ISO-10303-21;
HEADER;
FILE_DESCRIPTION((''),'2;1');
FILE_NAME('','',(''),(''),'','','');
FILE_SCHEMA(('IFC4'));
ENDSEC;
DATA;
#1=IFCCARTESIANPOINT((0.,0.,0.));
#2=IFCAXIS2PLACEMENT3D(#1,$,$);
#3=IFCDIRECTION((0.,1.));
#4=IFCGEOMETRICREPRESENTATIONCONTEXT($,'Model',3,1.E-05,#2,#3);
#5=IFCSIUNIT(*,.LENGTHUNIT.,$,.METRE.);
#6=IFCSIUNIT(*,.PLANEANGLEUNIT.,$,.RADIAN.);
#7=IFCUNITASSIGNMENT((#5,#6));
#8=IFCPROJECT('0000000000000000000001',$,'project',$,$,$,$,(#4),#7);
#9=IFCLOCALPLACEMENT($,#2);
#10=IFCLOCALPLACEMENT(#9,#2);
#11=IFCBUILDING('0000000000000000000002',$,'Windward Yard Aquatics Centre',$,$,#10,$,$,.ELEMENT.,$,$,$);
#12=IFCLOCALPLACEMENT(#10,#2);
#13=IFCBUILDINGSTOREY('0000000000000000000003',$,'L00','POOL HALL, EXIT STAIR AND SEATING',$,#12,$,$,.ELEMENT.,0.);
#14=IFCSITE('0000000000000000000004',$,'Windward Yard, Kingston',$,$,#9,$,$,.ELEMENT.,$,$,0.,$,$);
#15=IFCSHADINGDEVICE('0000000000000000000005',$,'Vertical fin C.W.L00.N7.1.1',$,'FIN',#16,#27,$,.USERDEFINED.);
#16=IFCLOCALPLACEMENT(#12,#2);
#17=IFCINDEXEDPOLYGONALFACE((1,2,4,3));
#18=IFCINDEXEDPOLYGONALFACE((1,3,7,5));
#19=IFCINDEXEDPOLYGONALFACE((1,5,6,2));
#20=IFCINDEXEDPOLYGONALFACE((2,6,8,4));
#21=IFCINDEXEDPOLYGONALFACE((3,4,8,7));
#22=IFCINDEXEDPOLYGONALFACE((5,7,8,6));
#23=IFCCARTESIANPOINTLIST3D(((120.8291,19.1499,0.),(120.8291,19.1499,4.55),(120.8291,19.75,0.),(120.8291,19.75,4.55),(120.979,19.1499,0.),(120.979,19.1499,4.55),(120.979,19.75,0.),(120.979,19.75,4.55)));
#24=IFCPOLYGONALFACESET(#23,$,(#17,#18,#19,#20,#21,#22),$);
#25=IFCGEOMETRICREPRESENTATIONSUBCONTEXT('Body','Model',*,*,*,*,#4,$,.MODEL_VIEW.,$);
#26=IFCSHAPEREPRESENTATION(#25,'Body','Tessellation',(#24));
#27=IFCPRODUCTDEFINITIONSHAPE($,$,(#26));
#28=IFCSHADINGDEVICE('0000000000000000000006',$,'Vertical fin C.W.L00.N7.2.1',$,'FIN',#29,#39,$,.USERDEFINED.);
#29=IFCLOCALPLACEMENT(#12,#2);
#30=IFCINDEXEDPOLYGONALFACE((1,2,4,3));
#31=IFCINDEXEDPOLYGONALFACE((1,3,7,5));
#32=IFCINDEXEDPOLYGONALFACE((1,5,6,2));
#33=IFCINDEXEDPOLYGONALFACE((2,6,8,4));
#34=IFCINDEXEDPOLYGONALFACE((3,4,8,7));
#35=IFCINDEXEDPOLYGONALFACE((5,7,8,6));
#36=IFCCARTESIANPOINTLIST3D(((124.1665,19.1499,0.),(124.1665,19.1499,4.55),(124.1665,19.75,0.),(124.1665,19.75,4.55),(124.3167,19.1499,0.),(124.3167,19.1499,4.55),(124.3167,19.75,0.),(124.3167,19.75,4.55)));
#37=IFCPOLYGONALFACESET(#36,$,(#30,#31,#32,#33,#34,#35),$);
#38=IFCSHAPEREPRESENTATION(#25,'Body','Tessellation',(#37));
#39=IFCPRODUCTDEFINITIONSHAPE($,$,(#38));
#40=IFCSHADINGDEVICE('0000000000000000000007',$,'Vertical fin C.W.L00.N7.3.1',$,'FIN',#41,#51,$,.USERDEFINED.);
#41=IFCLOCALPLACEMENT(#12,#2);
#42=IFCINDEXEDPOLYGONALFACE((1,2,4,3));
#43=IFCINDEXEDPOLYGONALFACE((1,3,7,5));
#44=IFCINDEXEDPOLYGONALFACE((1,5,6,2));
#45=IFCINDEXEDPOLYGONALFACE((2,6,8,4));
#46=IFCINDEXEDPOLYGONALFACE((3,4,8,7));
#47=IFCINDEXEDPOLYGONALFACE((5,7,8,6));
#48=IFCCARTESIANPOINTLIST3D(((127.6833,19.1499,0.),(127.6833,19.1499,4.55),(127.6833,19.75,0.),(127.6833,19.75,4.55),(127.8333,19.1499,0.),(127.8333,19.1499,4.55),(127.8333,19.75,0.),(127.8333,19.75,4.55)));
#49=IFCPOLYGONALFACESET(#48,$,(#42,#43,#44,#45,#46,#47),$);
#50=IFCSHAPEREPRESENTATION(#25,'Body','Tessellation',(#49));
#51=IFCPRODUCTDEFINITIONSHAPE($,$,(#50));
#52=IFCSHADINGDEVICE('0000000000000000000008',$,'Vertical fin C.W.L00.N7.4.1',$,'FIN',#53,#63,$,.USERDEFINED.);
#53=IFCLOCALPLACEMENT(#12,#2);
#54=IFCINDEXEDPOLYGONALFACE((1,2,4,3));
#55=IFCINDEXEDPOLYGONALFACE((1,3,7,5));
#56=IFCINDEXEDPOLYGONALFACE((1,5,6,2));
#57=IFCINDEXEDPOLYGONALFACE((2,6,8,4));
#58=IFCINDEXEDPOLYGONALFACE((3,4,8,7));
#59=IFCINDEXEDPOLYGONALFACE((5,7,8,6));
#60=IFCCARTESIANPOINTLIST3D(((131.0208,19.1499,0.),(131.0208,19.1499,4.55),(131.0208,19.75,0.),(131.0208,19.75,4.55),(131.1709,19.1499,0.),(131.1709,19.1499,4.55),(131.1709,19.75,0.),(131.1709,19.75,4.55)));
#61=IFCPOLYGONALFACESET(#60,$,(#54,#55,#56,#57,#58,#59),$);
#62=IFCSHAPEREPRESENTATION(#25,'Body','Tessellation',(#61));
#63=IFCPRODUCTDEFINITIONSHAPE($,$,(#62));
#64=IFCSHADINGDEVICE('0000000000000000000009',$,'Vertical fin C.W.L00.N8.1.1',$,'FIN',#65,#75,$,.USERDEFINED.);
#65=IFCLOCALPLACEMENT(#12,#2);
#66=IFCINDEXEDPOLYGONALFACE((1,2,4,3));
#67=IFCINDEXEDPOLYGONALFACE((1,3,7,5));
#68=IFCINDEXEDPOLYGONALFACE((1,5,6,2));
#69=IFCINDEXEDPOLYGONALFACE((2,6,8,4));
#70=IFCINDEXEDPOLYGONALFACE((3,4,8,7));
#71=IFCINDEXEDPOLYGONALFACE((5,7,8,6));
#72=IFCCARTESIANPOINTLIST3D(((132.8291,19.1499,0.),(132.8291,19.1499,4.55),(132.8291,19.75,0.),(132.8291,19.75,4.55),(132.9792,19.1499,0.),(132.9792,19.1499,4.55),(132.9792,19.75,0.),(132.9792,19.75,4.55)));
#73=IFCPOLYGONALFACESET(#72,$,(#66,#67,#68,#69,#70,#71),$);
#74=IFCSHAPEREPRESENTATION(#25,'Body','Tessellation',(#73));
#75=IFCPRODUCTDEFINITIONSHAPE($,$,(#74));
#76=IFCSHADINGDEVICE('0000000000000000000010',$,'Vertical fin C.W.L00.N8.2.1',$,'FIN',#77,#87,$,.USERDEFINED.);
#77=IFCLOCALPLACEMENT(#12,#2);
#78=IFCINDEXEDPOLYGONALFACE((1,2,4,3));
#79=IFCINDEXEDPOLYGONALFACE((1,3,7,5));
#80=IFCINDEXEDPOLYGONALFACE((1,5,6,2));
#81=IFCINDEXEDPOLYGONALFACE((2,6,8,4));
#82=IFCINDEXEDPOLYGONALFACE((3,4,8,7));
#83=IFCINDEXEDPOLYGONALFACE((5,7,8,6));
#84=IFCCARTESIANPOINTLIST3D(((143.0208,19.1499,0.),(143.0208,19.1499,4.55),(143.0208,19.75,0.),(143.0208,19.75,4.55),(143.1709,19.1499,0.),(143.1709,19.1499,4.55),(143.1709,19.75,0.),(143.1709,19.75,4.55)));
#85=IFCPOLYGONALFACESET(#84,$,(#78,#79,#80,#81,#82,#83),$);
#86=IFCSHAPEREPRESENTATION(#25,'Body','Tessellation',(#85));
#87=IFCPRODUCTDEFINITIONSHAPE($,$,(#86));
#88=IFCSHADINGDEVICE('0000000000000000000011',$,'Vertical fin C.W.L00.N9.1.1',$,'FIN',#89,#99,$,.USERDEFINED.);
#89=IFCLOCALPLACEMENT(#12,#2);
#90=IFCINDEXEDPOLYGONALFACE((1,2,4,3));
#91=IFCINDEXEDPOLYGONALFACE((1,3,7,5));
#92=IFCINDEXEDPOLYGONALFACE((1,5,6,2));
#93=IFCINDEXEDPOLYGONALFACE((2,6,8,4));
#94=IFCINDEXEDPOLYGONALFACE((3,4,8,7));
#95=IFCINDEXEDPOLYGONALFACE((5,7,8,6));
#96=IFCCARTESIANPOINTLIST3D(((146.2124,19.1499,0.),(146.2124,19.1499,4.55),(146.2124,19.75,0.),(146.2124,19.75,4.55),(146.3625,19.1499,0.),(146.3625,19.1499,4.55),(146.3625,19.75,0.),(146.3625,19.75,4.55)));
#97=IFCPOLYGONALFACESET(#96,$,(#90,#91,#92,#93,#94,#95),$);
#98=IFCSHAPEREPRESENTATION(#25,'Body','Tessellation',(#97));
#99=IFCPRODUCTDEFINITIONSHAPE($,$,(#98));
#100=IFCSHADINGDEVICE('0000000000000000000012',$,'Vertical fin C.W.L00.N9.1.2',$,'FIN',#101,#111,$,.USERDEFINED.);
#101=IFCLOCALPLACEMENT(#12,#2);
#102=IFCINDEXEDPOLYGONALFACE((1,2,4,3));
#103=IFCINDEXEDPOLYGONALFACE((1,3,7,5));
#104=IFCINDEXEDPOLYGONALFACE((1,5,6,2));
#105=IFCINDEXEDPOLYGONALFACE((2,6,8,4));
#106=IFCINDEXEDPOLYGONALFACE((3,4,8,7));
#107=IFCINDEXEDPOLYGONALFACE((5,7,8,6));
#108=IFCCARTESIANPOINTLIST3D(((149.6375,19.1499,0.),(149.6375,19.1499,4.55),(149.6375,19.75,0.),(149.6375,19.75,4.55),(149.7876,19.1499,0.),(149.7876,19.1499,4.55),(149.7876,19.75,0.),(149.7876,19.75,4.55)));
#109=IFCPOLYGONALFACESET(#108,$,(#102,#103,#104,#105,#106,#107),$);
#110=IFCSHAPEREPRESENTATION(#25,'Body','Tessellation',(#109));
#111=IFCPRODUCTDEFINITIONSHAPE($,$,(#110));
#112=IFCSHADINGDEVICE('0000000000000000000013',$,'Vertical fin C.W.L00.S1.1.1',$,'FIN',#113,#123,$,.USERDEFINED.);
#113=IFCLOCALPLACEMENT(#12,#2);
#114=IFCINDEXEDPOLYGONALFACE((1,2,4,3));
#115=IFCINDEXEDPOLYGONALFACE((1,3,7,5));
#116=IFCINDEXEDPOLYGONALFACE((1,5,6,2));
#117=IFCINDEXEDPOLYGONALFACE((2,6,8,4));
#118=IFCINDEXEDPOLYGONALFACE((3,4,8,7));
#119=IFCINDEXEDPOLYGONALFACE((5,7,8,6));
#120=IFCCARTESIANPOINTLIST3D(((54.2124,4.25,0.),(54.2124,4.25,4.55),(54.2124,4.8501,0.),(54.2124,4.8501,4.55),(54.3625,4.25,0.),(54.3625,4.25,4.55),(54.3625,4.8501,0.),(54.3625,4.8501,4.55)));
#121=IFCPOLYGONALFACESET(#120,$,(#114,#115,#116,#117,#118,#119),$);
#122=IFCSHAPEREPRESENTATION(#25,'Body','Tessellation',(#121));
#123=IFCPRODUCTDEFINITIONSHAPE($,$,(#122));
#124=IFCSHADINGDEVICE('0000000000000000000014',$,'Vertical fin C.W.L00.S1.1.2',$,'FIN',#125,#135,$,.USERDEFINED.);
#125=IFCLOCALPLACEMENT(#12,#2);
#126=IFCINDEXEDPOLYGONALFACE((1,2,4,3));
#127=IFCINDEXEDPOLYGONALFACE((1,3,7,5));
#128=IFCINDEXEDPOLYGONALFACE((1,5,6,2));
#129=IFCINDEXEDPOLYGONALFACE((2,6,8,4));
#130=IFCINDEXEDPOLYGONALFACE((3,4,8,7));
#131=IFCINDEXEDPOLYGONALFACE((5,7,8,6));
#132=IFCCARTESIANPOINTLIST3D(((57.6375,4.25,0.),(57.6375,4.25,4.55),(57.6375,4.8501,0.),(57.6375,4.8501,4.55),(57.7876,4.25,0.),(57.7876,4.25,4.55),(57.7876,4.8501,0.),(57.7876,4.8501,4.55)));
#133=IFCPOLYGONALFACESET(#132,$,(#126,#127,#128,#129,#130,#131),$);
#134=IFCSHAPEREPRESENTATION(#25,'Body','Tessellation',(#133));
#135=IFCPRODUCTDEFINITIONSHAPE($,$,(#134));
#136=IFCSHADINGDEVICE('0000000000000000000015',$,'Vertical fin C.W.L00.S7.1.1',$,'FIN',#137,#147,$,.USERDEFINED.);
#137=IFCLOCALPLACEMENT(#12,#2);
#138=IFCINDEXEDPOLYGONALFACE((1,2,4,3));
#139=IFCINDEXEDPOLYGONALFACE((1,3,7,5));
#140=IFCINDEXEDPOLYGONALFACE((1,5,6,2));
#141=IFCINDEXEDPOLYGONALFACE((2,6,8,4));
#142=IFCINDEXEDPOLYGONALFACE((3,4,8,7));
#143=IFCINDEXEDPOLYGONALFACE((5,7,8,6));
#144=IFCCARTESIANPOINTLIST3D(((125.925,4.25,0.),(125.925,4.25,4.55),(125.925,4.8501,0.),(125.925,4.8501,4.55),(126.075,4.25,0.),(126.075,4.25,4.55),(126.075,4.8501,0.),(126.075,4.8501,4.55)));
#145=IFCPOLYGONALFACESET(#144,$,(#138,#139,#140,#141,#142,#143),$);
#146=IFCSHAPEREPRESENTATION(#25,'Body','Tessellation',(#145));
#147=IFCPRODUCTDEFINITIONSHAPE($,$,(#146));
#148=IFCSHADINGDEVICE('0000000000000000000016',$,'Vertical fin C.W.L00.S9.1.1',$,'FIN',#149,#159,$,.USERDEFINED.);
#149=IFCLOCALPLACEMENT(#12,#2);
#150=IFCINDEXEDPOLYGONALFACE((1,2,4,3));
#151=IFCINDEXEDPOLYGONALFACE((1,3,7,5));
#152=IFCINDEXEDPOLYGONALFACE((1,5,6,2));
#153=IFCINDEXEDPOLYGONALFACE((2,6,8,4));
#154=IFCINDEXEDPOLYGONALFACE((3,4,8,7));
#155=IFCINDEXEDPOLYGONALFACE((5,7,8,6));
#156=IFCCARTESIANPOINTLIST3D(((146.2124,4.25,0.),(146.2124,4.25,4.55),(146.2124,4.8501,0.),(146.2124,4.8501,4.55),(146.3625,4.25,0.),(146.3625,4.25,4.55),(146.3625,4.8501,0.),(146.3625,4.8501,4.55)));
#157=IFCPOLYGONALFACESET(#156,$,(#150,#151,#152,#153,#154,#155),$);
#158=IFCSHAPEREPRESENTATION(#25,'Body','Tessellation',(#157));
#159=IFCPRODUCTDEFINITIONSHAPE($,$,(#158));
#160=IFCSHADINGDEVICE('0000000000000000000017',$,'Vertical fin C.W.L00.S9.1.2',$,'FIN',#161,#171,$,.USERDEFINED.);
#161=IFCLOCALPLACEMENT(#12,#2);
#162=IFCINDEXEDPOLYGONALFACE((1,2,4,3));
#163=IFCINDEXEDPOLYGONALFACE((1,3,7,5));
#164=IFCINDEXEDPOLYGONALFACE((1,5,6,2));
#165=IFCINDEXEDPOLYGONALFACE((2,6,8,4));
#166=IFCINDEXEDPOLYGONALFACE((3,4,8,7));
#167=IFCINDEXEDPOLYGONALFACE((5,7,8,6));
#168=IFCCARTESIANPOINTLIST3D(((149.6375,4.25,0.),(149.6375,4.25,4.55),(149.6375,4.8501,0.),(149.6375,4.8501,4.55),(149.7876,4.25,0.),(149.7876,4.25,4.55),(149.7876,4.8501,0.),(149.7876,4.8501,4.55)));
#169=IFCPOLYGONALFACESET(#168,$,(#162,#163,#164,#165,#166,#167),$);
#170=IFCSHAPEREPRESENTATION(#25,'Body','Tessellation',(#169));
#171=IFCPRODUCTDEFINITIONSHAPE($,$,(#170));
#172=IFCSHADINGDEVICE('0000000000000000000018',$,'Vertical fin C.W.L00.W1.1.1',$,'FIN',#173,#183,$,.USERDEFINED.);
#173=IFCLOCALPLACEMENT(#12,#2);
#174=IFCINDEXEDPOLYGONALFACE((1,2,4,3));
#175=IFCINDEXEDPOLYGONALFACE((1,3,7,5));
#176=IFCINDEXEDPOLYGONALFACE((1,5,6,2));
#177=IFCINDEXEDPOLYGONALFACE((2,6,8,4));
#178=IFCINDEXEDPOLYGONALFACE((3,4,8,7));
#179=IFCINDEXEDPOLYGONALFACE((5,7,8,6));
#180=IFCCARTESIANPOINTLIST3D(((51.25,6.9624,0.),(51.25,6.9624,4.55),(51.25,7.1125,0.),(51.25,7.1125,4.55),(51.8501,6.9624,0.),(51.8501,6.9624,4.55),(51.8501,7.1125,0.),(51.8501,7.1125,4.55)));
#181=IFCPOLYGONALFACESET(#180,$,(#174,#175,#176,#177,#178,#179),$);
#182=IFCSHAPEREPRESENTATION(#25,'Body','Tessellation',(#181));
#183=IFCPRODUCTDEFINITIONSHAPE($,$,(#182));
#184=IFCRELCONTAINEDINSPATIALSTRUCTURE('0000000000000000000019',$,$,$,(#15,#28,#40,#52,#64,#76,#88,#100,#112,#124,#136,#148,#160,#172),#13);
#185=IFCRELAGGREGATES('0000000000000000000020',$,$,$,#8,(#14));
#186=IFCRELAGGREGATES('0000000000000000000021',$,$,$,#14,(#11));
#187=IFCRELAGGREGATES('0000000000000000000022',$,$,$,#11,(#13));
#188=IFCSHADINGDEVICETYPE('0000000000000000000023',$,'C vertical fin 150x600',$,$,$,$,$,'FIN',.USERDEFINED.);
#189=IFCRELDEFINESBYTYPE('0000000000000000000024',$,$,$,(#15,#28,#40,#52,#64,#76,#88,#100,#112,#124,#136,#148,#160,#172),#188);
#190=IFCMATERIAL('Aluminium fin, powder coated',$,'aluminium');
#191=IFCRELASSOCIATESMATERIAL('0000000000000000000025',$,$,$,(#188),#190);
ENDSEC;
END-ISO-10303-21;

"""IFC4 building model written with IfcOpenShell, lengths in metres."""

from ifc_helpers import new_model, si_unit, direction, origin, place, context, subcontext, project, spatial, polyline, outline, extrude, material, type_object, element, save


model = new_model("IFC4")

# Units and contexts
model_context = context("Model", 3, precision=1e-05, world=origin(), true_north=direction((0.0, 1.0)))
body_context = subcontext(model_context, "Body", "Model", "MODEL_VIEW")
ifc_project = project(units=[si_unit("LENGTHUNIT", "METRE"), si_unit("PLANEANGLEUNIT", "RADIAN")], contexts=[model_context])

# Site, building, storey
site_placement = place(None, origin())
site = spatial("IfcSite", under=ifc_project, at=site_placement, Name="Windward Yard, Kingston", CompositionType="ELEMENT", RefElevation=0.0)
building_placement = place(site_placement, origin())
building = spatial("IfcBuilding", under=site, at=building_placement, Name="Windward Yard Aquatics Centre", CompositionType="ELEMENT")
storey_placement = place(building_placement, origin())
storey = spatial("IfcBuildingStorey", under=building, at=storey_placement, Name="L00", Description="POOL HALL, EXIT STAIR AND SEATING", CompositionType="ELEMENT", Elevation=0.0)

# Shading devices
ifc_material = material(Name="Aluminium fin, powder coated", Category="aluminium")
shading_device_type = type_object("IfcShadingDeviceType", Name="C vertical fin 150x600", ElementType="FIN", PredefinedType="USERDEFINED", material=ifc_material)
shading_device_1_placement = place(storey_placement, origin())
element("IfcShadingDevice", 1, at=shading_device_1_placement, inside=storey, type_object=shading_device_type, Name="Vertical fin C.W.L00.N7.1.1", ObjectType="FIN", PredefinedType="USERDEFINED", context=body_context, shape_type="SweptSolid", body=[
    extrude(outline(polyline([(120.8291, 19.1499), (120.979, 19.1499), (120.979, 19.75), (120.8291, 19.75), (120.8291, 19.1499)])), origin(), (0.0, 0.0, 1.0), 4.55),
])
shading_device_2_placement = place(storey_placement, origin())
element("IfcShadingDevice", 2, at=shading_device_2_placement, inside=storey, type_object=shading_device_type, Name="Vertical fin C.W.L00.N7.2.1", ObjectType="FIN", PredefinedType="USERDEFINED", context=body_context, shape_type="SweptSolid", body=[
    extrude(outline(polyline([(124.1665, 19.1499), (124.3167, 19.1499), (124.3167, 19.75), (124.1665, 19.75), (124.1665, 19.1499)])), origin(), (0.0, 0.0, 1.0), 4.55),
])
shading_device_3_placement = place(storey_placement, origin())
element("IfcShadingDevice", 3, at=shading_device_3_placement, inside=storey, type_object=shading_device_type, Name="Vertical fin C.W.L00.N7.3.1", ObjectType="FIN", PredefinedType="USERDEFINED", context=body_context, shape_type="SweptSolid", body=[
    extrude(outline(polyline([(127.6833, 19.1499), (127.8333, 19.1499), (127.8333, 19.75), (127.6833, 19.75), (127.6833, 19.1499)])), origin(), (0.0, 0.0, 1.0), 4.55),
])
shading_device_4_placement = place(storey_placement, origin())
element("IfcShadingDevice", 4, at=shading_device_4_placement, inside=storey, type_object=shading_device_type, Name="Vertical fin C.W.L00.N7.4.1", ObjectType="FIN", PredefinedType="USERDEFINED", context=body_context, shape_type="SweptSolid", body=[
    extrude(outline(polyline([(131.0208, 19.1499), (131.1709, 19.1499), (131.1709, 19.75), (131.0208, 19.75), (131.0208, 19.1499)])), origin(), (0.0, 0.0, 1.0), 4.55),
])
shading_device_5_placement = place(storey_placement, origin())
element("IfcShadingDevice", 5, at=shading_device_5_placement, inside=storey, type_object=shading_device_type, Name="Vertical fin C.W.L00.N8.1.1", ObjectType="FIN", PredefinedType="USERDEFINED", context=body_context, shape_type="SweptSolid", body=[
    extrude(outline(polyline([(132.8291, 19.1499), (132.9792, 19.1499), (132.9792, 19.75), (132.8291, 19.75), (132.8291, 19.1499)])), origin(), (0.0, 0.0, 1.0), 4.55),
])
shading_device_6_placement = place(storey_placement, origin())
element("IfcShadingDevice", 6, at=shading_device_6_placement, inside=storey, type_object=shading_device_type, Name="Vertical fin C.W.L00.N8.2.1", ObjectType="FIN", PredefinedType="USERDEFINED", context=body_context, shape_type="SweptSolid", body=[
    extrude(outline(polyline([(143.0208, 19.1499), (143.1709, 19.1499), (143.1709, 19.75), (143.0208, 19.75), (143.0208, 19.1499)])), origin(), (0.0, 0.0, 1.0), 4.55),
])
shading_device_7_placement = place(storey_placement, origin())
element("IfcShadingDevice", 7, at=shading_device_7_placement, inside=storey, type_object=shading_device_type, Name="Vertical fin C.W.L00.N9.1.1", ObjectType="FIN", PredefinedType="USERDEFINED", context=body_context, shape_type="SweptSolid", body=[
    extrude(outline(polyline([(146.2124, 19.1499), (146.3625, 19.1499), (146.3625, 19.75), (146.2124, 19.75), (146.2124, 19.1499)])), origin(), (0.0, 0.0, 1.0), 4.55),
])
shading_device_8_placement = place(storey_placement, origin())
element("IfcShadingDevice", 8, at=shading_device_8_placement, inside=storey, type_object=shading_device_type, Name="Vertical fin C.W.L00.N9.1.2", ObjectType="FIN", PredefinedType="USERDEFINED", context=body_context, shape_type="SweptSolid", body=[
    extrude(outline(polyline([(149.6375, 19.1499), (149.7876, 19.1499), (149.7876, 19.75), (149.6375, 19.75), (149.6375, 19.1499)])), origin(), (0.0, 0.0, 1.0), 4.55),
])
shading_device_9_placement = place(storey_placement, origin())
element("IfcShadingDevice", 9, at=shading_device_9_placement, inside=storey, type_object=shading_device_type, Name="Vertical fin C.W.L00.S1.1.1", ObjectType="FIN", PredefinedType="USERDEFINED", context=body_context, shape_type="SweptSolid", body=[
    extrude(outline(polyline([(54.2124, 4.25), (54.2124, 4.8501), (54.3625, 4.8501), (54.3625, 4.25), (54.2124, 4.25)])), origin(), (0.0, 0.0, 1.0), 4.55),
])
shading_device_10_placement = place(storey_placement, origin())
element("IfcShadingDevice", 10, at=shading_device_10_placement, inside=storey, type_object=shading_device_type, Name="Vertical fin C.W.L00.S1.1.2", ObjectType="FIN", PredefinedType="USERDEFINED", context=body_context, shape_type="SweptSolid", body=[
    extrude(outline(polyline([(57.6375, 4.25), (57.6375, 4.8501), (57.7876, 4.8501), (57.7876, 4.25), (57.6375, 4.25)])), origin(), (0.0, 0.0, 1.0), 4.55),
])
shading_device_11_placement = place(storey_placement, origin())
element("IfcShadingDevice", 11, at=shading_device_11_placement, inside=storey, type_object=shading_device_type, Name="Vertical fin C.W.L00.S7.1.1", ObjectType="FIN", PredefinedType="USERDEFINED", context=body_context, shape_type="SweptSolid", body=[
    extrude(outline(polyline([(125.925, 4.25), (125.925, 4.8501), (126.075, 4.8501), (126.075, 4.25), (125.925, 4.25)])), origin(), (0.0, 0.0, 1.0), 4.55),
])
shading_device_12_placement = place(storey_placement, origin())
element("IfcShadingDevice", 12, at=shading_device_12_placement, inside=storey, type_object=shading_device_type, Name="Vertical fin C.W.L00.S9.1.1", ObjectType="FIN", PredefinedType="USERDEFINED", context=body_context, shape_type="SweptSolid", body=[
    extrude(outline(polyline([(146.2124, 4.25), (146.2124, 4.8501), (146.3625, 4.8501), (146.3625, 4.25), (146.2124, 4.25)])), origin(), (0.0, 0.0, 1.0), 4.55),
])
shading_device_13_placement = place(storey_placement, origin())
element("IfcShadingDevice", 13, at=shading_device_13_placement, inside=storey, type_object=shading_device_type, Name="Vertical fin C.W.L00.S9.1.2", ObjectType="FIN", PredefinedType="USERDEFINED", context=body_context, shape_type="SweptSolid", body=[
    extrude(outline(polyline([(149.6375, 4.25), (149.6375, 4.8501), (149.7876, 4.8501), (149.7876, 4.25), (149.6375, 4.25)])), origin(), (0.0, 0.0, 1.0), 4.55),
])
shading_device_14_placement = place(storey_placement, origin())
element("IfcShadingDevice", 14, at=shading_device_14_placement, inside=storey, type_object=shading_device_type, Name="Vertical fin C.W.L00.W1.1.1", ObjectType="FIN", PredefinedType="USERDEFINED", context=body_context, shape_type="SweptSolid", body=[
    extrude(outline(polyline([(51.25, 6.9624), (51.8501, 6.9624), (51.8501, 7.1125), (51.25, 7.1125), (51.25, 6.9624)])), origin(), (0.0, 0.0, 1.0), 4.55),
])

save(model, "model.ifc")
